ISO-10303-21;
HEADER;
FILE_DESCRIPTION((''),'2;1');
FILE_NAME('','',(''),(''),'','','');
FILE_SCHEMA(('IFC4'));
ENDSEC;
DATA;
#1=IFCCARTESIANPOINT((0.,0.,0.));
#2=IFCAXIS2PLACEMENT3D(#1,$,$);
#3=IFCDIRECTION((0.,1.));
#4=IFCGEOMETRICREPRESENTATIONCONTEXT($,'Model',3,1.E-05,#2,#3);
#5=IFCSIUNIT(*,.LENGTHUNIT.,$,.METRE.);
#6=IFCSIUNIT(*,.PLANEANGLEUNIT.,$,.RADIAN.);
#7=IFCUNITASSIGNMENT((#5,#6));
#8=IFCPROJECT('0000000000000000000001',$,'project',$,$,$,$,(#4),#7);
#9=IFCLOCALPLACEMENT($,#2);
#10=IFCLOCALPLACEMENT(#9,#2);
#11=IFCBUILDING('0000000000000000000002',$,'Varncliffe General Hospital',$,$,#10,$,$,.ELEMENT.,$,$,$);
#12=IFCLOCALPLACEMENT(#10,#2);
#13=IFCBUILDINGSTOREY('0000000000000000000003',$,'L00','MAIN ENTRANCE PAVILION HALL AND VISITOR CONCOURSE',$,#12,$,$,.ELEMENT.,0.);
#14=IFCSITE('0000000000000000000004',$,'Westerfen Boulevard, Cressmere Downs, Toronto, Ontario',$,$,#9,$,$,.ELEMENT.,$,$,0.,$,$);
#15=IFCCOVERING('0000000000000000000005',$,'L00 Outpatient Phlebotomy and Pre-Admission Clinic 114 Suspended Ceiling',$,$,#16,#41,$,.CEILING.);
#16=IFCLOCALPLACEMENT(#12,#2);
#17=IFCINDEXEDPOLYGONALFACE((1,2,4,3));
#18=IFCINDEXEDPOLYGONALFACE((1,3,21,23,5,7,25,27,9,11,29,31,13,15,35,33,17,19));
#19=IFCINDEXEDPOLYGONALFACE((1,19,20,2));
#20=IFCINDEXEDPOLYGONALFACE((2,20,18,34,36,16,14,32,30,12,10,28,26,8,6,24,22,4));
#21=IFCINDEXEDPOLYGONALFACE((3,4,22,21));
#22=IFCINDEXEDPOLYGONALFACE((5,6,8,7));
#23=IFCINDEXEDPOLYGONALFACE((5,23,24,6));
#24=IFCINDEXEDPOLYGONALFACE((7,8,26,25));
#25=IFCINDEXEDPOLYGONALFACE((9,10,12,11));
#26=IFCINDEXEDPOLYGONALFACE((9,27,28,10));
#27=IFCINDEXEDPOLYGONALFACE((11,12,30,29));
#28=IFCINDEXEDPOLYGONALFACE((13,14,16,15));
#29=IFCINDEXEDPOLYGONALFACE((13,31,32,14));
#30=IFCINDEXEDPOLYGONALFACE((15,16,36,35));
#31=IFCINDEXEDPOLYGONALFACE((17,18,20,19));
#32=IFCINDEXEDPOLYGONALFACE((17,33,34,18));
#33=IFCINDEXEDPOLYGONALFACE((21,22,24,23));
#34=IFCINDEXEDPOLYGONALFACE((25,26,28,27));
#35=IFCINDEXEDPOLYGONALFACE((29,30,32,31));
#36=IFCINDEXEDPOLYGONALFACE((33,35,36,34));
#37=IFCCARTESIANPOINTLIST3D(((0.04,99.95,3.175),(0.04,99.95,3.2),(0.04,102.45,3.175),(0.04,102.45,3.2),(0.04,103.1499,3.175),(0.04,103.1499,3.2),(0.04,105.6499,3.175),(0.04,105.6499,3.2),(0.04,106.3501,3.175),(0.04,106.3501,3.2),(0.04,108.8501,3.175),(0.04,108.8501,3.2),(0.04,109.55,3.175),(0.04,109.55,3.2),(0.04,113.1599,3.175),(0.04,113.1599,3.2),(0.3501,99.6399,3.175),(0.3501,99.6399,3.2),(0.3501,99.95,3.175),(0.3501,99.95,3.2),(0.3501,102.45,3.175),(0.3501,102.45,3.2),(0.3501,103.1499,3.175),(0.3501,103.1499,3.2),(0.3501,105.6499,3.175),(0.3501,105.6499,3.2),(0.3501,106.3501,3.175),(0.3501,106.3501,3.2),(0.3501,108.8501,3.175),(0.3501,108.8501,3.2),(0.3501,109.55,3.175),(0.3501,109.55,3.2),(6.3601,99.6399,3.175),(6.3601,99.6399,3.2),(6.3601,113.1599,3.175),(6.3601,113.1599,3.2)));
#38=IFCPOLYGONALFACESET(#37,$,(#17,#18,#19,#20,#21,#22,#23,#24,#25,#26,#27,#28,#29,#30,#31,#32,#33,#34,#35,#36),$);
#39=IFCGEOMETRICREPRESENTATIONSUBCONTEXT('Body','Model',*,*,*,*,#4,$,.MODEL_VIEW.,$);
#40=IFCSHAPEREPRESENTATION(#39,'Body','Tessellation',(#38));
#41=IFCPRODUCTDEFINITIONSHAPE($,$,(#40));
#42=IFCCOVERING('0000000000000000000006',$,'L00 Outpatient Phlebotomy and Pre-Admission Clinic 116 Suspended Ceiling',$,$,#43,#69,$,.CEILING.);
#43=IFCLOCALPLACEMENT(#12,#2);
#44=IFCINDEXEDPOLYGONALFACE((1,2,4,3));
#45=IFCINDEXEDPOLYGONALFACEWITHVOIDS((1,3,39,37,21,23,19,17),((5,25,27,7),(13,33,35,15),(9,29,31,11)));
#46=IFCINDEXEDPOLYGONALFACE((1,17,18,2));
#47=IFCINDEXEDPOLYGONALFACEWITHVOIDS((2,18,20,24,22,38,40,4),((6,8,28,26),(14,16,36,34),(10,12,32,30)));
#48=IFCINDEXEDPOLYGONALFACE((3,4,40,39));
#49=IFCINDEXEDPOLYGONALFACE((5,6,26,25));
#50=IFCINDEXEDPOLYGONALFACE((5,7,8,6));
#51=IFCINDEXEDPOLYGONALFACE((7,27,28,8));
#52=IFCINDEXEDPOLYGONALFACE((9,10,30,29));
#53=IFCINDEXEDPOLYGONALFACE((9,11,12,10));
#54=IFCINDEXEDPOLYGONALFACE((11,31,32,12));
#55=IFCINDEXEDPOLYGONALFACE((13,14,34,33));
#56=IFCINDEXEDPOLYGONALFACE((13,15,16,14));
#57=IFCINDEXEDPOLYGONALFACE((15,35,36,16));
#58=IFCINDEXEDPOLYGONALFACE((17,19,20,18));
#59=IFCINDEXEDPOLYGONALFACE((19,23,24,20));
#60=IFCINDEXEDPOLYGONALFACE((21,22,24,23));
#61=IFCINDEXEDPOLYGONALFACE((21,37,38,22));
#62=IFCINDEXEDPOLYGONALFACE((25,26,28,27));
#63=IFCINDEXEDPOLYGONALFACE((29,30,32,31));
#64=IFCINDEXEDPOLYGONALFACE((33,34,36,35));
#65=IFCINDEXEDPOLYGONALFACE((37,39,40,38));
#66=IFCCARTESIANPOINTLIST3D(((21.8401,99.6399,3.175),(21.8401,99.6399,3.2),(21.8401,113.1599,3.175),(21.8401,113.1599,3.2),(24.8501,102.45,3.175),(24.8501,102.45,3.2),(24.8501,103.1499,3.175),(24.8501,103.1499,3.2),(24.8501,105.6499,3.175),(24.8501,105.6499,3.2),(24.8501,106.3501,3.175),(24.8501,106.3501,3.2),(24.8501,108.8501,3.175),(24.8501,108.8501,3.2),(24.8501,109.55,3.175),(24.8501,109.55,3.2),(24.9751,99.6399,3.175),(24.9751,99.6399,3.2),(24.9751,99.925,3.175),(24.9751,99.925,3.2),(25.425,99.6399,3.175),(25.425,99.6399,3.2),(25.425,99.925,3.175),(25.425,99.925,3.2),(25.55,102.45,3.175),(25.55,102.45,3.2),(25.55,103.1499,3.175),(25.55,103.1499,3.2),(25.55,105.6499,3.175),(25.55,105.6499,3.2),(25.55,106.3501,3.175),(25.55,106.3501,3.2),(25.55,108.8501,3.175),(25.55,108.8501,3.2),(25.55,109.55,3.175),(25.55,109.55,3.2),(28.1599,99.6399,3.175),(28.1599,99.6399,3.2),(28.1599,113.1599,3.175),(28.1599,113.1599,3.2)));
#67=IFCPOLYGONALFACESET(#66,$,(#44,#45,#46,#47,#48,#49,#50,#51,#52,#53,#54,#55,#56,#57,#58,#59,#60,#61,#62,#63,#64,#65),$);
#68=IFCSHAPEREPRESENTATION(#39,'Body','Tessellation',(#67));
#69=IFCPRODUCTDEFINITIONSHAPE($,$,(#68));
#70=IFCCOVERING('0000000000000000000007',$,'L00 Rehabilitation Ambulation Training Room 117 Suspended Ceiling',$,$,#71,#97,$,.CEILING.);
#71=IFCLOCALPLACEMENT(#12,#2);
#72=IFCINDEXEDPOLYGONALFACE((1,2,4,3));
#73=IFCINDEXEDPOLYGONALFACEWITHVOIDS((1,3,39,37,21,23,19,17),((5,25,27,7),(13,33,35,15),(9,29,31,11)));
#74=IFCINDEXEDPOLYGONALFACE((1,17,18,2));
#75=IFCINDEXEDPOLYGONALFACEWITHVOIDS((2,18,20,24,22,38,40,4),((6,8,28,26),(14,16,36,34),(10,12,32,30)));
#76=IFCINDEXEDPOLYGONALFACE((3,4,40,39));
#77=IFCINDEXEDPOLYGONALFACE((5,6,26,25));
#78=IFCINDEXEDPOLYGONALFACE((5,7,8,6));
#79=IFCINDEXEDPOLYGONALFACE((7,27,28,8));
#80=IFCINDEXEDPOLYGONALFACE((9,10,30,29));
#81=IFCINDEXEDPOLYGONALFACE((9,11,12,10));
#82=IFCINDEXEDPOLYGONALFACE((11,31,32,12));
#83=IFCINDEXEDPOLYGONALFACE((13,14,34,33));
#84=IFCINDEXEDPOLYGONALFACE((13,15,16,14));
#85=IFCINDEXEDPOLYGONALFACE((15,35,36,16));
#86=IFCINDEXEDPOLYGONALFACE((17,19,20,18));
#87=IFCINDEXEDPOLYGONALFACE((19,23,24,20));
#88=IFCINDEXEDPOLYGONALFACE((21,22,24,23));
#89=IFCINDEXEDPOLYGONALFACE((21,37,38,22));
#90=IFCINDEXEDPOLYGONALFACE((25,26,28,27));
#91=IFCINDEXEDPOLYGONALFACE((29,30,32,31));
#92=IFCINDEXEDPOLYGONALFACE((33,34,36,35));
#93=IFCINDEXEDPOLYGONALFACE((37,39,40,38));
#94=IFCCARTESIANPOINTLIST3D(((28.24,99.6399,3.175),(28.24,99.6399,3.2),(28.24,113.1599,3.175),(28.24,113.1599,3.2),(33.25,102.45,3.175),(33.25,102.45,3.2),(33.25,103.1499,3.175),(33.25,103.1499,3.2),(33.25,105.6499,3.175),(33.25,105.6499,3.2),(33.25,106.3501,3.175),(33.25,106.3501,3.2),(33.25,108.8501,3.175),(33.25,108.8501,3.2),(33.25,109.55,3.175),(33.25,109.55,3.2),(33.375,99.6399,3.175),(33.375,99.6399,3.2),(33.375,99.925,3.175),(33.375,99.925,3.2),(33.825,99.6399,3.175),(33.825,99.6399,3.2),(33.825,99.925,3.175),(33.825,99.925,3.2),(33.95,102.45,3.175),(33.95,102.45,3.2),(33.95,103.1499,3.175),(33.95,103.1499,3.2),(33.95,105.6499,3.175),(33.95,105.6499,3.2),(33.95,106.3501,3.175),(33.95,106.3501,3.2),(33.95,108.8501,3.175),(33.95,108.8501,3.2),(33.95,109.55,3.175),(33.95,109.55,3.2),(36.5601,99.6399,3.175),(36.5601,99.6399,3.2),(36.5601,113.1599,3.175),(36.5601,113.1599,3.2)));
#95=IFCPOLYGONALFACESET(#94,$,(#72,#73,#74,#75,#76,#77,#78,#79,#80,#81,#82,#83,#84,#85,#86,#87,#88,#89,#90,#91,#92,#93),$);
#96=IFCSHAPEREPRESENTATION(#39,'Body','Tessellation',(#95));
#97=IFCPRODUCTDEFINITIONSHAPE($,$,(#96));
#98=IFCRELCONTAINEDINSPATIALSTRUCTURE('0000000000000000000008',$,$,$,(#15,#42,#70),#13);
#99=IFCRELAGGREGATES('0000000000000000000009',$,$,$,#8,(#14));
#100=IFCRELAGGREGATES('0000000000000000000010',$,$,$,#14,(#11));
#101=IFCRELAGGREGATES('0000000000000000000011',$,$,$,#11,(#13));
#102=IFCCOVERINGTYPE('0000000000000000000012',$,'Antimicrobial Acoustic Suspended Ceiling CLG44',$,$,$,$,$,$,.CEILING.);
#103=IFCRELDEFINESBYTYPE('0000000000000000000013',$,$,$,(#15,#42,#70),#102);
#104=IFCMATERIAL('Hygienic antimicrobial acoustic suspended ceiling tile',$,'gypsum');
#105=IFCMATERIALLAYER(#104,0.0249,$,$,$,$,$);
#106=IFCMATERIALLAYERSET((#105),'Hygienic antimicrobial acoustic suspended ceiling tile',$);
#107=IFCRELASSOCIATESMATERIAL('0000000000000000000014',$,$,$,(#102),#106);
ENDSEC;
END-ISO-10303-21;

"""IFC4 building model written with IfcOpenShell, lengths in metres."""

from ifc_helpers import new_model, si_unit, direction, frame, origin, place, context, subcontext, project, spatial, polyline, outline, extrude, material, layer, layer_set, type_object, element, save


model = new_model("IFC4")

# Units and contexts
model_context = context("Model", 3, precision=1e-05, world=origin(), true_north=direction((0.0, 1.0)))
body_context = subcontext(model_context, "Body", "Model", "MODEL_VIEW")
ifc_project = project(units=[si_unit("LENGTHUNIT", "METRE"), si_unit("PLANEANGLEUNIT", "RADIAN")], contexts=[model_context])

# Site, building, storey
site_placement = place(None, origin())
site = spatial("IfcSite", under=ifc_project, at=site_placement, Name="Westerfen Boulevard, Cressmere Downs, Toronto, Ontario", CompositionType="ELEMENT", RefElevation=0.0)
building_placement = place(site_placement, origin())
building = spatial("IfcBuilding", under=site, at=building_placement, Name="Varncliffe General Hospital", CompositionType="ELEMENT")
storey_placement = place(building_placement, origin())
storey = spatial("IfcBuildingStorey", under=building, at=storey_placement, Name="L00", Description="MAIN ENTRANCE PAVILION HALL AND VISITOR CONCOURSE", CompositionType="ELEMENT", Elevation=0.0)

# Coverings
ifc_material = material(Name="Hygienic antimicrobial acoustic suspended ceiling tile", Category="gypsum")
ifc_layer = layer(ifc_material, 0.0249)
ifc_layer_set = layer_set([ifc_layer], Name="Hygienic antimicrobial acoustic suspended ceiling tile")
covering_type = type_object("IfcCoveringType", Name="Antimicrobial Acoustic Suspended Ceiling CLG44", PredefinedType="CEILING", material=ifc_layer_set)
covering_1_placement = place(storey_placement, frame((0.0, 0.0, 3.175)))
element("IfcCovering", 1, at=covering_1_placement, inside=storey, type_object=covering_type, Name="L00 Outpatient Phlebotomy and Pre-Admission Clinic 114 Suspended Ceiling", PredefinedType="CEILING", context=body_context, shape_type="SweptSolid", body=[
    extrude(outline(polyline([(0.3501, 99.6399), (0.3501, 99.95), (0.04, 99.95), (0.04, 102.45), (0.3501, 102.45), (0.3501, 103.1499), (0.04, 103.1499), (0.04, 105.6499), (0.3501, 105.6499), (0.3501, 106.3501), (0.04, 106.3501), (0.04, 108.8501), (0.3501, 108.8501), (0.3501, 109.55), (0.04, 109.55), (0.04, 113.1599), (6.3601, 113.1599), (6.3601, 99.6399), (0.3501, 99.6399)])), origin(), (0.0, 0.0, 1.0), 0.0249),
])
covering_2_placement = place(storey_placement, frame((0.0, 0.0, 3.175)))
element("IfcCovering", 2, at=covering_2_placement, inside=storey, type_object=covering_type, Name="L00 Outpatient Phlebotomy and Pre-Admission Clinic 116 Suspended Ceiling", PredefinedType="CEILING", context=body_context, shape_type="SweptSolid", body=[
    extrude(outline(polyline([(21.8401, 99.6399), (21.8401, 113.1599), (28.1599, 113.1599), (28.1599, 99.6399), (25.425, 99.6399), (25.425, 99.925), (24.9751, 99.925), (24.9751, 99.6399), (21.8401, 99.6399)]), holes=[polyline([(25.55, 102.45), (25.55, 103.1499), (24.8501, 103.1499), (24.8501, 102.45), (25.55, 102.45)]), polyline([(25.55, 105.6499), (25.55, 106.3501), (24.8501, 106.3501), (24.8501, 105.6499), (25.55, 105.6499)]), polyline([(25.55, 108.8501), (25.55, 109.55), (24.8501, 109.55), (24.8501, 108.8501), (25.55, 108.8501)])]), origin(), (0.0, 0.0, 1.0), 0.0249),
])
covering_3_placement = place(storey_placement, frame((0.0, 0.0, 3.175)))
element("IfcCovering", 3, at=covering_3_placement, inside=storey, type_object=covering_type, Name="L00 Rehabilitation Ambulation Training Room 117 Suspended Ceiling", PredefinedType="CEILING", context=body_context, shape_type="SweptSolid", body=[
    extrude(outline(polyline([(28.24, 99.6399), (28.24, 113.1599), (36.5601, 113.1599), (36.5601, 99.6399), (33.825, 99.6399), (33.825, 99.925), (33.375, 99.925), (33.375, 99.6399), (28.24, 99.6399)]), holes=[polyline([(33.95, 102.45), (33.95, 103.1499), (33.25, 103.1499), (33.25, 102.45), (33.95, 102.45)]), polyline([(33.95, 105.6499), (33.95, 106.3501), (33.25, 106.3501), (33.25, 105.6499), (33.95, 105.6499)]), polyline([(33.95, 108.8501), (33.95, 109.55), (33.25, 109.55), (33.25, 108.8501), (33.95, 108.8501)])]), origin(), (0.0, 0.0, 1.0), 0.0249),
])

save(model, "model.ifc")
